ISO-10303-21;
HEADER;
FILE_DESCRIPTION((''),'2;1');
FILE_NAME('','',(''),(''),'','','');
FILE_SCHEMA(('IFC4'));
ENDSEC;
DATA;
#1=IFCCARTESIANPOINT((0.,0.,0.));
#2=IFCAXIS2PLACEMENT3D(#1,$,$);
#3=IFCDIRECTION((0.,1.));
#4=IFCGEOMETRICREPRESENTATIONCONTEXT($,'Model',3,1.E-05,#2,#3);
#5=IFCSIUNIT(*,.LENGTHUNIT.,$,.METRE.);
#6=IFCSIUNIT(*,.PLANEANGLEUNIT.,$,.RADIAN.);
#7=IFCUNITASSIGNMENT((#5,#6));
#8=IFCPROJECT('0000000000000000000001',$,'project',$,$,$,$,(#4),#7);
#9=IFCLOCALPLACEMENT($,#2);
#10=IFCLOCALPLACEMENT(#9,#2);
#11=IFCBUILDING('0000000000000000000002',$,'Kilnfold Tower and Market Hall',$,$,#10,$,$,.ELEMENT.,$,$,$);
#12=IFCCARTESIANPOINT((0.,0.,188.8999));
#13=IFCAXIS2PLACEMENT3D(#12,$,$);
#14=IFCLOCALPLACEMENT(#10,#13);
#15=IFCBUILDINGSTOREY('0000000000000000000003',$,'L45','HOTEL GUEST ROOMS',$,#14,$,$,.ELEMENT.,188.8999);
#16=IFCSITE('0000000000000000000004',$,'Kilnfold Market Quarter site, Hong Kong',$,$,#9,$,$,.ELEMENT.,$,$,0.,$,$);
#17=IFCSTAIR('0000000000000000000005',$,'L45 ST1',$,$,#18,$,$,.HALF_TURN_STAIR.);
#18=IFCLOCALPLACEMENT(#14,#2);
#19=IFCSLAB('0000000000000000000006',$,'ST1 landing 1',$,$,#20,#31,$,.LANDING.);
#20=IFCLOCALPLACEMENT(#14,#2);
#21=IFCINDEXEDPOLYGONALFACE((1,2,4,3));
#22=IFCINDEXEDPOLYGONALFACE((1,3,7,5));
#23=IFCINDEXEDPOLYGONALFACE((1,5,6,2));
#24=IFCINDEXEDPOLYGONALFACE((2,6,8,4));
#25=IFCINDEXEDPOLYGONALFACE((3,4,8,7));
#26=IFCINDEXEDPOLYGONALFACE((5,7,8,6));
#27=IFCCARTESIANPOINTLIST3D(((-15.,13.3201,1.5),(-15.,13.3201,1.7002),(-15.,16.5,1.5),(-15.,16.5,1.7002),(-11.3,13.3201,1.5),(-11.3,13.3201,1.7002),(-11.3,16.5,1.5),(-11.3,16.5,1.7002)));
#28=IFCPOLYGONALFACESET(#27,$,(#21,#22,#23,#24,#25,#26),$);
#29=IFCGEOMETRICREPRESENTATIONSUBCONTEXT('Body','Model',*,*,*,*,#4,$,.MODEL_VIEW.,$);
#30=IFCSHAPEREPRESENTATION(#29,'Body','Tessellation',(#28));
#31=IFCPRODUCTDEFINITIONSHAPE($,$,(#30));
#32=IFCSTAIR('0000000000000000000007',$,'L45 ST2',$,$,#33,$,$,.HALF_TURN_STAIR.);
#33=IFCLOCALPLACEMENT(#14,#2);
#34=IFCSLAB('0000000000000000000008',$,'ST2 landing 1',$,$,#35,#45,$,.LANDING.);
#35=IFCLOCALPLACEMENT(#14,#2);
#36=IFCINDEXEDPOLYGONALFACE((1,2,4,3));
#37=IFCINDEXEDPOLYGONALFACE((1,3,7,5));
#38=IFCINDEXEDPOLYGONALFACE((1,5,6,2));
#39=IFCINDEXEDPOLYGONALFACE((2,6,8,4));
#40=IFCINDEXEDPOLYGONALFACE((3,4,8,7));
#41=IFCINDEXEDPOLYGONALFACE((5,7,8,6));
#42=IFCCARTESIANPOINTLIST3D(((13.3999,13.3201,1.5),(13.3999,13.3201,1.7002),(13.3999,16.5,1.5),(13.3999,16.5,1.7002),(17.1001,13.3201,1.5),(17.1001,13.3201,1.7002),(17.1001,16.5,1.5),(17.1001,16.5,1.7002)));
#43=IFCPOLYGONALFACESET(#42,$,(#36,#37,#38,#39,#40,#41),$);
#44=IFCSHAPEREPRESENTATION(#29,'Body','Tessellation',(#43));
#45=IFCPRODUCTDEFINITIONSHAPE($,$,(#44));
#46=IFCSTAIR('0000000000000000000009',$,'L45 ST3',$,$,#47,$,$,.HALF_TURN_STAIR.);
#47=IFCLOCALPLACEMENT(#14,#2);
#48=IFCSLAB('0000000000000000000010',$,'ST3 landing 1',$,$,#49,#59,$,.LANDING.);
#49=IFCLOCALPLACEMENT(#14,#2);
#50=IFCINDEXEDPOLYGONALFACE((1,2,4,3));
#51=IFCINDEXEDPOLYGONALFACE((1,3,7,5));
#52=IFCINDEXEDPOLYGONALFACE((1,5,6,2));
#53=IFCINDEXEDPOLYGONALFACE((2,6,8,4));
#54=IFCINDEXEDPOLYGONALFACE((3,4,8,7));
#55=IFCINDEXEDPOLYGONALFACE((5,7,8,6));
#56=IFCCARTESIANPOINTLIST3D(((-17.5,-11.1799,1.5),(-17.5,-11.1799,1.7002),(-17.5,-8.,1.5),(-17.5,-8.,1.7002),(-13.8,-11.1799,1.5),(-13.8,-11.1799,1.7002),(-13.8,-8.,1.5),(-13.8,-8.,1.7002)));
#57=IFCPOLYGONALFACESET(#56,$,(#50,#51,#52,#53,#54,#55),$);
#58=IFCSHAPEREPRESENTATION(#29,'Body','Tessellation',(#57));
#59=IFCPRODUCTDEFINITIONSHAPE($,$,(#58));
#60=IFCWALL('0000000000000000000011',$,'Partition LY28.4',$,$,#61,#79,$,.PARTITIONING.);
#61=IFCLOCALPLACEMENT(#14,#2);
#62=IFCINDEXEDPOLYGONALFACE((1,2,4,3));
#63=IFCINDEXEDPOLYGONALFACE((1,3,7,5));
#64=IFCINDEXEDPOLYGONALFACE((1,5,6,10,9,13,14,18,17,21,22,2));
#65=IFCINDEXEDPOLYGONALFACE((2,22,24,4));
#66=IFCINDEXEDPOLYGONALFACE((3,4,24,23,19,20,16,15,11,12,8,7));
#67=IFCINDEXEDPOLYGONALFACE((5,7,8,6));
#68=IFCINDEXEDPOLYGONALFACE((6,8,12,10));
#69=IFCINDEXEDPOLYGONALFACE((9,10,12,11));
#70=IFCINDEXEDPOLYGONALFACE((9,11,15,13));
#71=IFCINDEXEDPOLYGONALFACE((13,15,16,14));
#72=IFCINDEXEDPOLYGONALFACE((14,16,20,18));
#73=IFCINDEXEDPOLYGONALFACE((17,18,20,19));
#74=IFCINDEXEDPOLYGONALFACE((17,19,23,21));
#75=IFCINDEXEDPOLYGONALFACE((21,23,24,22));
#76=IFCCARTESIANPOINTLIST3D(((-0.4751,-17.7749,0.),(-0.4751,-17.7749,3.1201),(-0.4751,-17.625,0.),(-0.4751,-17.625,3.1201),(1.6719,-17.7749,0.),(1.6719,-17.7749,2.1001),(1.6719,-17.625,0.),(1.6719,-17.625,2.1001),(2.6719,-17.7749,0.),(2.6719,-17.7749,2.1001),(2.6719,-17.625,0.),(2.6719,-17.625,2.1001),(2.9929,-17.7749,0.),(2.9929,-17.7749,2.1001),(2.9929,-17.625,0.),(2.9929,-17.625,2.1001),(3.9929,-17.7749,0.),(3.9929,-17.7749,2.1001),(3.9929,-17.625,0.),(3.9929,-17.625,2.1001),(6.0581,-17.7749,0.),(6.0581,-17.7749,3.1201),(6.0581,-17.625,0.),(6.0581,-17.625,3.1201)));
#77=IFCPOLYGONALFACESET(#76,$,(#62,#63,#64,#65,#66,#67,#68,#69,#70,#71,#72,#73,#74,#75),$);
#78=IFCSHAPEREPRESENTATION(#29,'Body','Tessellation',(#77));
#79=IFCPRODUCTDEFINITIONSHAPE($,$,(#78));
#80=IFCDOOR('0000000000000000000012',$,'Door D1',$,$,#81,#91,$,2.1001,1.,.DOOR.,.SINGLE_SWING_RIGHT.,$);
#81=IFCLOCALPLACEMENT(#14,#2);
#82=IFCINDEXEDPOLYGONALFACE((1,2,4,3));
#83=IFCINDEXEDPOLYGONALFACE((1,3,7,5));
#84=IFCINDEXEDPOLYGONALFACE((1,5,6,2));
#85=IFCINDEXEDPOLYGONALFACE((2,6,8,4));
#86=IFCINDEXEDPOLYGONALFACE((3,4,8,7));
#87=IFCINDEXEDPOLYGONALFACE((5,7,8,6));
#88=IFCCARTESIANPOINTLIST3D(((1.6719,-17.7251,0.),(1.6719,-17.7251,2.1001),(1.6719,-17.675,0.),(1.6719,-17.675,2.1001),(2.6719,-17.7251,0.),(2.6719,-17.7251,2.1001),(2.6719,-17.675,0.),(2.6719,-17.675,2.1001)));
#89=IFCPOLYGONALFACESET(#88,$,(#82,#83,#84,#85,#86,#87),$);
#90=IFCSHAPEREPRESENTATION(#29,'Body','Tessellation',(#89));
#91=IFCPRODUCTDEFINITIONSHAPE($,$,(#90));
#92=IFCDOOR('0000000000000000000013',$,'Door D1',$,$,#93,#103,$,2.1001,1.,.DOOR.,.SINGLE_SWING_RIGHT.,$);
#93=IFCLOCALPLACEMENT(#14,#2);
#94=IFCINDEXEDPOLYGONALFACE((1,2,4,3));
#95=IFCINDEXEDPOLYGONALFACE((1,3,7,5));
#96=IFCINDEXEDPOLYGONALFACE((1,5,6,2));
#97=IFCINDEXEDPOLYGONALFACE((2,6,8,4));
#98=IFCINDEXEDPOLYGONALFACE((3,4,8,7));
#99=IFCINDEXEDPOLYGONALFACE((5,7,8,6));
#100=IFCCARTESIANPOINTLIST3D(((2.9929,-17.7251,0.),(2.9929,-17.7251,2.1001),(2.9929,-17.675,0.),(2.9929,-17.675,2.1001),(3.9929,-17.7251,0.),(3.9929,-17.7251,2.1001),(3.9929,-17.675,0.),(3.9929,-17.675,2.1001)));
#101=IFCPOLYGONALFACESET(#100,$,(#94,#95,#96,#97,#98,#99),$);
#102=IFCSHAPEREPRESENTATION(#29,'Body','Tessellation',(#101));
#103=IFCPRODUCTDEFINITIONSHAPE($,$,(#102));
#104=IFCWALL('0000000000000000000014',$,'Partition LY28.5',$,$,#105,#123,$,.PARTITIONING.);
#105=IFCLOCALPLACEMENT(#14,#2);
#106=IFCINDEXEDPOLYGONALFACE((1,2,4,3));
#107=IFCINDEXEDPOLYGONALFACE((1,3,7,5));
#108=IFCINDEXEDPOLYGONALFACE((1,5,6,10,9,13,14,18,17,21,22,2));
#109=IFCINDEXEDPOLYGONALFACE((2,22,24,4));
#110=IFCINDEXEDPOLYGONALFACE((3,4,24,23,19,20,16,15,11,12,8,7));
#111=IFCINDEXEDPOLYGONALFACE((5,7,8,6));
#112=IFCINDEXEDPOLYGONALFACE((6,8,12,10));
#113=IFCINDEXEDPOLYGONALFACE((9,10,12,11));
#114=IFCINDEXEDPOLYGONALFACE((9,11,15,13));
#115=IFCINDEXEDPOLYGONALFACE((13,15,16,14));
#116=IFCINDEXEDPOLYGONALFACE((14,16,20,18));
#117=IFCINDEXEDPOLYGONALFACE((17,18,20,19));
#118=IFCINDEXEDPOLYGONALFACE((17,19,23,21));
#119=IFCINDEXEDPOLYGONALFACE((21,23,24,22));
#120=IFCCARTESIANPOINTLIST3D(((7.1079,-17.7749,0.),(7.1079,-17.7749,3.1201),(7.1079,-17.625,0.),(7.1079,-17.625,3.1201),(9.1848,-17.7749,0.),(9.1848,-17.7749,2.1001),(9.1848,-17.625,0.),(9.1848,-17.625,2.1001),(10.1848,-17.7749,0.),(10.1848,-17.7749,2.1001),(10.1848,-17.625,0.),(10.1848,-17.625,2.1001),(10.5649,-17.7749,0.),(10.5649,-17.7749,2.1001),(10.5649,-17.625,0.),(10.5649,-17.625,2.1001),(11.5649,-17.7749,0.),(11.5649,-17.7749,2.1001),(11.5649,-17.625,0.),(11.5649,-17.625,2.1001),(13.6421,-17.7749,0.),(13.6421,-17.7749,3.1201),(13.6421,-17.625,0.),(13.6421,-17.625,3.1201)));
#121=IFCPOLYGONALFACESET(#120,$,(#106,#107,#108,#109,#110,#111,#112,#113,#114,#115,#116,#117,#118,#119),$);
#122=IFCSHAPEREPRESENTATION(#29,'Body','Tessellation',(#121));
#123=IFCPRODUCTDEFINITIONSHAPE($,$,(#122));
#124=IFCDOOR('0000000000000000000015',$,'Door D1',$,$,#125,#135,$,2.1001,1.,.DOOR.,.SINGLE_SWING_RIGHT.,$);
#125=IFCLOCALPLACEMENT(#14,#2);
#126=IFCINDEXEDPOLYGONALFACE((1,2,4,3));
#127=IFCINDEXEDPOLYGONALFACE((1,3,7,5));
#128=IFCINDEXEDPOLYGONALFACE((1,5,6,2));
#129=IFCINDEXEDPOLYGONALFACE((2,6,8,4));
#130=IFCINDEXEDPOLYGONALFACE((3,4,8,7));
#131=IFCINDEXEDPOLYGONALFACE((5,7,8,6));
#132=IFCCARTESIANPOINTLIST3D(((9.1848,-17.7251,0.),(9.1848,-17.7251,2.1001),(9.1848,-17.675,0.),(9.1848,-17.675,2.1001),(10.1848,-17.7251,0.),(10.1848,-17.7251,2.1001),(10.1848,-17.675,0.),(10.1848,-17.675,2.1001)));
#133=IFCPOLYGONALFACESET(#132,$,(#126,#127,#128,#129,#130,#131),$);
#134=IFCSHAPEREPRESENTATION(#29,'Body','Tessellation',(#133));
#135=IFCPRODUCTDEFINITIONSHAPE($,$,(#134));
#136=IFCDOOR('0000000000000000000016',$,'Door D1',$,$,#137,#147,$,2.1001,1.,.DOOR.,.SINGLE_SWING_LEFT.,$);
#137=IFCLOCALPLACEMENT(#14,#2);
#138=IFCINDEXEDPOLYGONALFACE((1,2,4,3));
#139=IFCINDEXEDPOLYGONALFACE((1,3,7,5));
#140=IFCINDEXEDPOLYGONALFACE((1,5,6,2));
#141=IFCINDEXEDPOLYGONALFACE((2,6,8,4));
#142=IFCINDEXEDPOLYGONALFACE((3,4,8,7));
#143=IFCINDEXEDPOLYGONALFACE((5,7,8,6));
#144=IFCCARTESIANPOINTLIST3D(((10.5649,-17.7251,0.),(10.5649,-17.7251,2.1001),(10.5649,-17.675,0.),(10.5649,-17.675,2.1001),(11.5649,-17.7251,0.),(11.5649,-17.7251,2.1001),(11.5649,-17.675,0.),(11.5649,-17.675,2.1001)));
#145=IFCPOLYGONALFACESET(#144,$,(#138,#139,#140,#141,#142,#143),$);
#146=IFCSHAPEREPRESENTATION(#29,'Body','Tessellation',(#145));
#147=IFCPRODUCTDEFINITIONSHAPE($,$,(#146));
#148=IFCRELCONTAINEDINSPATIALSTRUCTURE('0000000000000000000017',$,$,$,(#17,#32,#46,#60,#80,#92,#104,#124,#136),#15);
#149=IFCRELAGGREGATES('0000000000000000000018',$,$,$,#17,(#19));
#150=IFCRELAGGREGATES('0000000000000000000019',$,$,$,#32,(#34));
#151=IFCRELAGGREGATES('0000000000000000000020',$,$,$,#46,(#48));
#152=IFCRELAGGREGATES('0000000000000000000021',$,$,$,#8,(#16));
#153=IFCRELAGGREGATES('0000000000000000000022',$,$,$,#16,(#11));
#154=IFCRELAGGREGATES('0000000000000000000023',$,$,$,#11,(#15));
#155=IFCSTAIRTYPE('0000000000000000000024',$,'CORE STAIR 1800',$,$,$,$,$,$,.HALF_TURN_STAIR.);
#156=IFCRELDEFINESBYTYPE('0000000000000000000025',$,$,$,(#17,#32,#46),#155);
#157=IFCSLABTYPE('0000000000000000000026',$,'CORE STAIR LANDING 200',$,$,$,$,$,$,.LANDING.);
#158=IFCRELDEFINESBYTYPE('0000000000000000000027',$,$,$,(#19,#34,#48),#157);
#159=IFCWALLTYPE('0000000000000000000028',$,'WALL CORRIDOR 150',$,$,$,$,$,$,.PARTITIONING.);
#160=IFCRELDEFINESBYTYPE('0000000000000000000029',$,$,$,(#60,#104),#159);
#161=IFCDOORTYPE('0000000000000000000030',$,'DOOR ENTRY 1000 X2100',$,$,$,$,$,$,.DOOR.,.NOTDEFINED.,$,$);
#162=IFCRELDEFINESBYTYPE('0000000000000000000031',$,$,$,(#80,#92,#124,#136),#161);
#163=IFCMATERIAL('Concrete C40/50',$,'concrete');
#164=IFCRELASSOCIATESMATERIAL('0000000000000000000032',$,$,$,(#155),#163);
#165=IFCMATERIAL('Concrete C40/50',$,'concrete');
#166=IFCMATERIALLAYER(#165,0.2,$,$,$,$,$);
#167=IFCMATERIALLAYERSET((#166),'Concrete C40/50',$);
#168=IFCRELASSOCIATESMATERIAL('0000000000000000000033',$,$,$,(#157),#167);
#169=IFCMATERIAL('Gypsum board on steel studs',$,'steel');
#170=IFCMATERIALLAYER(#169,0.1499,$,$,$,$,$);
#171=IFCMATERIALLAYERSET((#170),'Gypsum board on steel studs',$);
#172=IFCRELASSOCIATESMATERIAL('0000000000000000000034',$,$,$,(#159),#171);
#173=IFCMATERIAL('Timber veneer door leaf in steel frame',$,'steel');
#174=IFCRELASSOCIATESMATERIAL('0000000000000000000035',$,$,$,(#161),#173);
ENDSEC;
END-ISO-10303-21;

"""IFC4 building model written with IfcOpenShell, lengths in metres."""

from ifc_helpers import new_model, si_unit, direction, frame, frame_2d, origin, place, context, subcontext, project, spatial, polyline, rectangle, outline, extrude, source, transform, mapped, material, layer, layer_set, type_object, element, fill, aggregate, save


model = new_model("IFC4")

# Units and contexts
model_context = context("Model", 3, precision=1e-05, world=origin(), true_north=direction((0.0, 1.0)))
body_context = subcontext(model_context, "Body", "Model", "MODEL_VIEW")
ifc_project = project(units=[si_unit("LENGTHUNIT", "METRE"), si_unit("PLANEANGLEUNIT", "RADIAN")], contexts=[model_context])

# Site, building, storey
site_placement = place(None, origin())
site = spatial("IfcSite", under=ifc_project, at=site_placement, Name="Kilnfold Market Quarter site, Hong Kong", CompositionType="ELEMENT", RefElevation=0.0)
building_placement = place(site_placement, origin())
building = spatial("IfcBuilding", under=site, at=building_placement, Name="Kilnfold Tower and Market Hall", CompositionType="ELEMENT")
storey_placement = place(building_placement, frame((0.0, 0.0, 188.8999)))
storey = spatial("IfcBuildingStorey", under=building, at=storey_placement, Name="L45", Description="HOTEL GUEST ROOMS", CompositionType="ELEMENT", Elevation=188.8999)

# Stairs, slabs
ifc_material_1 = material(Name="Concrete C40/50", Category="concrete")
stair_type = type_object("IfcStairType", Name="CORE STAIR 1800", PredefinedType="HALF_TURN_STAIR", material=ifc_material_1)
stair_1_placement = place(storey_placement, origin())
stair_1 = element("IfcStair", 1, at=stair_1_placement, inside=storey, type_object=stair_type, Name="L45 ST1", PredefinedType="HALF_TURN_STAIR")
ifc_material_2 = material(Name="Concrete C40/50", Category="concrete")
ifc_layer_1 = layer(ifc_material_2, 0.2)
ifc_layer_set_1 = layer_set([ifc_layer_1], Name="Concrete C40/50")
slab_type_1 = type_object("IfcSlabType", Name="CORE STAIR LANDING 200", PredefinedType="LANDING", material=ifc_layer_set_1)
shared_shape_1 = source(origin(), body_context, "Body", "SweptSolid", [
    extrude(outline(polyline([(-11.3, 13.3201), (-11.3, 16.5), (-15.0, 16.5), (-15.0, 13.3201), (-11.3, 13.3201)])), origin(), (0.0, 0.0, 1.0), 0.2002),
])
slab_1_placement = place(storey_placement, frame((0.0, 0.0, 1.5)))
slab_1 = element("IfcSlab", 2, at=slab_1_placement, type_object=slab_type_1, Name="ST1 landing 1", PredefinedType="LANDING", context=body_context, shape_type="MappedRepresentation", body=[
    mapped(shared_shape_1, transform((0.0, 0.0, 0.0))),
])
aggregate(stair_1, [slab_1])
stair_2_placement = place(storey_placement, origin())
stair_2 = element("IfcStair", 3, at=stair_2_placement, inside=storey, type_object=stair_type, Name="L45 ST2", PredefinedType="HALF_TURN_STAIR")
shared_shape_2 = source(origin(), body_context, "Body", "SweptSolid", [
    extrude(outline(polyline([(17.1001, 13.3201), (17.1001, 16.5), (13.3999, 16.5), (13.3999, 13.3201), (17.1001, 13.3201)])), origin(), (0.0, 0.0, 1.0), 0.2002),
])
slab_2_placement = place(storey_placement, frame((0.0, 0.0, 1.5)))
slab_2 = element("IfcSlab", 4, at=slab_2_placement, type_object=slab_type_1, Name="ST2 landing 1", PredefinedType="LANDING", context=body_context, shape_type="MappedRepresentation", body=[
    mapped(shared_shape_2, transform((0.0, 0.0, 0.0))),
])
aggregate(stair_2, [slab_2])
stair_3_placement = place(storey_placement, origin())
stair_3 = element("IfcStair", 5, at=stair_3_placement, inside=storey, type_object=stair_type, Name="L45 ST3", PredefinedType="HALF_TURN_STAIR")
shared_shape_3 = source(origin(), body_context, "Body", "SweptSolid", [
    extrude(outline(polyline([(-13.8, -11.1799), (-13.8, -8.0), (-17.5, -8.0), (-17.5, -11.1799), (-13.8, -11.1799)])), origin(), (0.0, 0.0, 1.0), 0.2002),
])
slab_3_placement = place(storey_placement, frame((0.0, 0.0, 1.5)))
slab_3 = element("IfcSlab", 6, at=slab_3_placement, type_object=slab_type_1, Name="ST3 landing 1", PredefinedType="LANDING", context=body_context, shape_type="MappedRepresentation", body=[
    mapped(shared_shape_3, transform((0.0, 0.0, 0.0))),
])
aggregate(stair_3, [slab_3])

# Walls, openings, doors
ifc_material_3 = material(Name="Gypsum board on steel studs", Category="steel")
ifc_layer_2 = layer(ifc_material_3, 0.1499)
ifc_layer_set_2 = layer_set([ifc_layer_2], Name="Gypsum board on steel studs")
wall_type_1 = type_object("IfcWallType", Name="WALL CORRIDOR 150", PredefinedType="PARTITIONING", material=ifc_layer_set_2)
wall_1_placement = place(storey_placement, frame((-0.4751, -17.7, 0.0), z_axis=(0.0, 0.0, 1.0), x_axis=(1.0, 0.0, 0.0)))
wall_1 = element("IfcWall", 7, at=wall_1_placement, inside=storey, type_object=wall_type_1, Name="Partition LY28.4", PredefinedType="PARTITIONING", context=body_context, shape_type="SweptSolid", body=[
    extrude(rectangle(XDim=6.5332, YDim=0.1499, at=frame_2d((3.2666, 0.0))), origin(), (0.0, 0.0, 1.0), 3.1201),
])
opening_1_placement = place(wall_1_placement, frame((2.147, 0.0, 0.0)))
opening_1 = element("IfcOpeningElement", 8, at=opening_1_placement, cuts=wall_1, PredefinedType="OPENING", context=body_context, shape_type="SweptSolid", body=[
    extrude(rectangle(XDim=1.0, YDim=2.1001, at=frame_2d((0.5, 1.05))), frame((0.0, 0.085, 0.0), z_axis=(0.0, -1.0, 0.0), x_axis=(1.0, 0.0, 0.0)), (0.0, 0.0, 1.0), 0.1699),
])
opening_2_placement = place(wall_1_placement, frame((3.468, 0.0, 0.0)))
opening_2 = element("IfcOpeningElement", 9, at=opening_2_placement, cuts=wall_1, PredefinedType="OPENING", context=body_context, shape_type="SweptSolid", body=[
    extrude(rectangle(XDim=1.0, YDim=2.1001, at=frame_2d((0.5, 1.05))), frame((0.0, 0.085, 0.0), z_axis=(0.0, -1.0, 0.0), x_axis=(1.0, 0.0, 0.0)), (0.0, 0.0, 1.0), 0.1699),
])
ifc_material_4 = material(Name="Timber veneer door leaf in steel frame", Category="steel")
door_type_1 = type_object("IfcDoorType", Name="DOOR ENTRY 1000 X2100", OperationType="NOTDEFINED", PredefinedType="DOOR", material=ifc_material_4)
door_1_placement = place(opening_1_placement, origin())
door_1 = element("IfcDoor", 10, at=door_1_placement, inside=storey, type_object=door_type_1, Name="Door D1", OperationType="SINGLE_SWING_RIGHT", OverallHeight=2.1001, OverallWidth=1.0, PredefinedType="DOOR", context=body_context, shape_type="SweptSolid", body=[
    extrude(rectangle(XDim=1.0, YDim=2.1001, at=frame_2d((0.5, 1.05))), frame((0.0, 0.0249, 0.0), z_axis=(0.0, -1.0, 0.0), x_axis=(1.0, 0.0, 0.0)), (0.0, 0.0, 1.0), 0.05),
])
fill(opening_1, door_1)
door_2_placement = place(opening_2_placement, origin())
door_2 = element("IfcDoor", 11, at=door_2_placement, inside=storey, type_object=door_type_1, Name="Door D1", OperationType="SINGLE_SWING_RIGHT", OverallHeight=2.1001, OverallWidth=1.0, PredefinedType="DOOR", context=body_context, shape_type="SweptSolid", body=[
    extrude(rectangle(XDim=1.0, YDim=2.1001, at=frame_2d((0.5, 1.05))), frame((0.0, 0.0249, 0.0), z_axis=(0.0, -1.0, 0.0), x_axis=(1.0, 0.0, 0.0)), (0.0, 0.0, 1.0), 0.05),
])
fill(opening_2, door_2)
wall_2_placement = place(storey_placement, frame((7.1079, -17.7, 0.0), z_axis=(0.0, 0.0, 1.0), x_axis=(1.0, 0.0, 0.0)))
wall_2 = element("IfcWall", 12, at=wall_2_placement, inside=storey, type_object=wall_type_1, Name="Partition LY28.5", PredefinedType="PARTITIONING", context=body_context, shape_type="SweptSolid", body=[
    extrude(rectangle(XDim=6.5342, YDim=0.1499, at=frame_2d((3.2671, 0.0))), origin(), (0.0, 0.0, 1.0), 3.1201),
])
opening_3_placement = place(wall_2_placement, frame((2.0769, 0.0, 0.0)))
opening_3 = element("IfcOpeningElement", 13, at=opening_3_placement, cuts=wall_2, PredefinedType="OPENING", context=body_context, shape_type="SweptSolid", body=[
    extrude(rectangle(XDim=1.0, YDim=2.1001, at=frame_2d((0.5, 1.05))), frame((0.0, 0.085, 0.0), z_axis=(0.0, -1.0, 0.0), x_axis=(1.0, 0.0, 0.0)), (0.0, 0.0, 1.0), 0.1699),
])
opening_4_placement = place(wall_2_placement, frame((3.457, 0.0, 0.0)))
opening_4 = element("IfcOpeningElement", 14, at=opening_4_placement, cuts=wall_2, PredefinedType="OPENING", context=body_context, shape_type="SweptSolid", body=[
    extrude(rectangle(XDim=1.0, YDim=2.1001, at=frame_2d((0.5, 1.05))), frame((0.0, 0.085, 0.0), z_axis=(0.0, -1.0, 0.0), x_axis=(1.0, 0.0, 0.0)), (0.0, 0.0, 1.0), 0.1699),
])
door_3_placement = place(opening_3_placement, origin())
door_3 = element("IfcDoor", 15, at=door_3_placement, inside=storey, type_object=door_type_1, Name="Door D1", OperationType="SINGLE_SWING_RIGHT", OverallHeight=2.1001, OverallWidth=1.0, PredefinedType="DOOR", context=body_context, shape_type="SweptSolid", body=[
    extrude(rectangle(XDim=1.0, YDim=2.1001, at=frame_2d((0.5, 1.05))), frame((0.0, 0.0249, 0.0), z_axis=(0.0, -1.0, 0.0), x_axis=(1.0, 0.0, 0.0)), (0.0, 0.0, 1.0), 0.05),
])
fill(opening_3, door_3)
door_4_placement = place(opening_4_placement, origin())
door_4 = element("IfcDoor", 16, at=door_4_placement, inside=storey, type_object=door_type_1, Name="Door D1", OperationType="SINGLE_SWING_LEFT", OverallHeight=2.1001, OverallWidth=1.0, PredefinedType="DOOR", context=body_context, shape_type="SweptSolid", body=[
    extrude(rectangle(XDim=1.0, YDim=2.1001, at=frame_2d((0.5, 1.05))), frame((0.0, 0.0249, 0.0), z_axis=(0.0, -1.0, 0.0), x_axis=(1.0, 0.0, 0.0)), (0.0, 0.0, 1.0), 0.05),
])
fill(opening_4, door_4)

save(model, "model.ifc")
